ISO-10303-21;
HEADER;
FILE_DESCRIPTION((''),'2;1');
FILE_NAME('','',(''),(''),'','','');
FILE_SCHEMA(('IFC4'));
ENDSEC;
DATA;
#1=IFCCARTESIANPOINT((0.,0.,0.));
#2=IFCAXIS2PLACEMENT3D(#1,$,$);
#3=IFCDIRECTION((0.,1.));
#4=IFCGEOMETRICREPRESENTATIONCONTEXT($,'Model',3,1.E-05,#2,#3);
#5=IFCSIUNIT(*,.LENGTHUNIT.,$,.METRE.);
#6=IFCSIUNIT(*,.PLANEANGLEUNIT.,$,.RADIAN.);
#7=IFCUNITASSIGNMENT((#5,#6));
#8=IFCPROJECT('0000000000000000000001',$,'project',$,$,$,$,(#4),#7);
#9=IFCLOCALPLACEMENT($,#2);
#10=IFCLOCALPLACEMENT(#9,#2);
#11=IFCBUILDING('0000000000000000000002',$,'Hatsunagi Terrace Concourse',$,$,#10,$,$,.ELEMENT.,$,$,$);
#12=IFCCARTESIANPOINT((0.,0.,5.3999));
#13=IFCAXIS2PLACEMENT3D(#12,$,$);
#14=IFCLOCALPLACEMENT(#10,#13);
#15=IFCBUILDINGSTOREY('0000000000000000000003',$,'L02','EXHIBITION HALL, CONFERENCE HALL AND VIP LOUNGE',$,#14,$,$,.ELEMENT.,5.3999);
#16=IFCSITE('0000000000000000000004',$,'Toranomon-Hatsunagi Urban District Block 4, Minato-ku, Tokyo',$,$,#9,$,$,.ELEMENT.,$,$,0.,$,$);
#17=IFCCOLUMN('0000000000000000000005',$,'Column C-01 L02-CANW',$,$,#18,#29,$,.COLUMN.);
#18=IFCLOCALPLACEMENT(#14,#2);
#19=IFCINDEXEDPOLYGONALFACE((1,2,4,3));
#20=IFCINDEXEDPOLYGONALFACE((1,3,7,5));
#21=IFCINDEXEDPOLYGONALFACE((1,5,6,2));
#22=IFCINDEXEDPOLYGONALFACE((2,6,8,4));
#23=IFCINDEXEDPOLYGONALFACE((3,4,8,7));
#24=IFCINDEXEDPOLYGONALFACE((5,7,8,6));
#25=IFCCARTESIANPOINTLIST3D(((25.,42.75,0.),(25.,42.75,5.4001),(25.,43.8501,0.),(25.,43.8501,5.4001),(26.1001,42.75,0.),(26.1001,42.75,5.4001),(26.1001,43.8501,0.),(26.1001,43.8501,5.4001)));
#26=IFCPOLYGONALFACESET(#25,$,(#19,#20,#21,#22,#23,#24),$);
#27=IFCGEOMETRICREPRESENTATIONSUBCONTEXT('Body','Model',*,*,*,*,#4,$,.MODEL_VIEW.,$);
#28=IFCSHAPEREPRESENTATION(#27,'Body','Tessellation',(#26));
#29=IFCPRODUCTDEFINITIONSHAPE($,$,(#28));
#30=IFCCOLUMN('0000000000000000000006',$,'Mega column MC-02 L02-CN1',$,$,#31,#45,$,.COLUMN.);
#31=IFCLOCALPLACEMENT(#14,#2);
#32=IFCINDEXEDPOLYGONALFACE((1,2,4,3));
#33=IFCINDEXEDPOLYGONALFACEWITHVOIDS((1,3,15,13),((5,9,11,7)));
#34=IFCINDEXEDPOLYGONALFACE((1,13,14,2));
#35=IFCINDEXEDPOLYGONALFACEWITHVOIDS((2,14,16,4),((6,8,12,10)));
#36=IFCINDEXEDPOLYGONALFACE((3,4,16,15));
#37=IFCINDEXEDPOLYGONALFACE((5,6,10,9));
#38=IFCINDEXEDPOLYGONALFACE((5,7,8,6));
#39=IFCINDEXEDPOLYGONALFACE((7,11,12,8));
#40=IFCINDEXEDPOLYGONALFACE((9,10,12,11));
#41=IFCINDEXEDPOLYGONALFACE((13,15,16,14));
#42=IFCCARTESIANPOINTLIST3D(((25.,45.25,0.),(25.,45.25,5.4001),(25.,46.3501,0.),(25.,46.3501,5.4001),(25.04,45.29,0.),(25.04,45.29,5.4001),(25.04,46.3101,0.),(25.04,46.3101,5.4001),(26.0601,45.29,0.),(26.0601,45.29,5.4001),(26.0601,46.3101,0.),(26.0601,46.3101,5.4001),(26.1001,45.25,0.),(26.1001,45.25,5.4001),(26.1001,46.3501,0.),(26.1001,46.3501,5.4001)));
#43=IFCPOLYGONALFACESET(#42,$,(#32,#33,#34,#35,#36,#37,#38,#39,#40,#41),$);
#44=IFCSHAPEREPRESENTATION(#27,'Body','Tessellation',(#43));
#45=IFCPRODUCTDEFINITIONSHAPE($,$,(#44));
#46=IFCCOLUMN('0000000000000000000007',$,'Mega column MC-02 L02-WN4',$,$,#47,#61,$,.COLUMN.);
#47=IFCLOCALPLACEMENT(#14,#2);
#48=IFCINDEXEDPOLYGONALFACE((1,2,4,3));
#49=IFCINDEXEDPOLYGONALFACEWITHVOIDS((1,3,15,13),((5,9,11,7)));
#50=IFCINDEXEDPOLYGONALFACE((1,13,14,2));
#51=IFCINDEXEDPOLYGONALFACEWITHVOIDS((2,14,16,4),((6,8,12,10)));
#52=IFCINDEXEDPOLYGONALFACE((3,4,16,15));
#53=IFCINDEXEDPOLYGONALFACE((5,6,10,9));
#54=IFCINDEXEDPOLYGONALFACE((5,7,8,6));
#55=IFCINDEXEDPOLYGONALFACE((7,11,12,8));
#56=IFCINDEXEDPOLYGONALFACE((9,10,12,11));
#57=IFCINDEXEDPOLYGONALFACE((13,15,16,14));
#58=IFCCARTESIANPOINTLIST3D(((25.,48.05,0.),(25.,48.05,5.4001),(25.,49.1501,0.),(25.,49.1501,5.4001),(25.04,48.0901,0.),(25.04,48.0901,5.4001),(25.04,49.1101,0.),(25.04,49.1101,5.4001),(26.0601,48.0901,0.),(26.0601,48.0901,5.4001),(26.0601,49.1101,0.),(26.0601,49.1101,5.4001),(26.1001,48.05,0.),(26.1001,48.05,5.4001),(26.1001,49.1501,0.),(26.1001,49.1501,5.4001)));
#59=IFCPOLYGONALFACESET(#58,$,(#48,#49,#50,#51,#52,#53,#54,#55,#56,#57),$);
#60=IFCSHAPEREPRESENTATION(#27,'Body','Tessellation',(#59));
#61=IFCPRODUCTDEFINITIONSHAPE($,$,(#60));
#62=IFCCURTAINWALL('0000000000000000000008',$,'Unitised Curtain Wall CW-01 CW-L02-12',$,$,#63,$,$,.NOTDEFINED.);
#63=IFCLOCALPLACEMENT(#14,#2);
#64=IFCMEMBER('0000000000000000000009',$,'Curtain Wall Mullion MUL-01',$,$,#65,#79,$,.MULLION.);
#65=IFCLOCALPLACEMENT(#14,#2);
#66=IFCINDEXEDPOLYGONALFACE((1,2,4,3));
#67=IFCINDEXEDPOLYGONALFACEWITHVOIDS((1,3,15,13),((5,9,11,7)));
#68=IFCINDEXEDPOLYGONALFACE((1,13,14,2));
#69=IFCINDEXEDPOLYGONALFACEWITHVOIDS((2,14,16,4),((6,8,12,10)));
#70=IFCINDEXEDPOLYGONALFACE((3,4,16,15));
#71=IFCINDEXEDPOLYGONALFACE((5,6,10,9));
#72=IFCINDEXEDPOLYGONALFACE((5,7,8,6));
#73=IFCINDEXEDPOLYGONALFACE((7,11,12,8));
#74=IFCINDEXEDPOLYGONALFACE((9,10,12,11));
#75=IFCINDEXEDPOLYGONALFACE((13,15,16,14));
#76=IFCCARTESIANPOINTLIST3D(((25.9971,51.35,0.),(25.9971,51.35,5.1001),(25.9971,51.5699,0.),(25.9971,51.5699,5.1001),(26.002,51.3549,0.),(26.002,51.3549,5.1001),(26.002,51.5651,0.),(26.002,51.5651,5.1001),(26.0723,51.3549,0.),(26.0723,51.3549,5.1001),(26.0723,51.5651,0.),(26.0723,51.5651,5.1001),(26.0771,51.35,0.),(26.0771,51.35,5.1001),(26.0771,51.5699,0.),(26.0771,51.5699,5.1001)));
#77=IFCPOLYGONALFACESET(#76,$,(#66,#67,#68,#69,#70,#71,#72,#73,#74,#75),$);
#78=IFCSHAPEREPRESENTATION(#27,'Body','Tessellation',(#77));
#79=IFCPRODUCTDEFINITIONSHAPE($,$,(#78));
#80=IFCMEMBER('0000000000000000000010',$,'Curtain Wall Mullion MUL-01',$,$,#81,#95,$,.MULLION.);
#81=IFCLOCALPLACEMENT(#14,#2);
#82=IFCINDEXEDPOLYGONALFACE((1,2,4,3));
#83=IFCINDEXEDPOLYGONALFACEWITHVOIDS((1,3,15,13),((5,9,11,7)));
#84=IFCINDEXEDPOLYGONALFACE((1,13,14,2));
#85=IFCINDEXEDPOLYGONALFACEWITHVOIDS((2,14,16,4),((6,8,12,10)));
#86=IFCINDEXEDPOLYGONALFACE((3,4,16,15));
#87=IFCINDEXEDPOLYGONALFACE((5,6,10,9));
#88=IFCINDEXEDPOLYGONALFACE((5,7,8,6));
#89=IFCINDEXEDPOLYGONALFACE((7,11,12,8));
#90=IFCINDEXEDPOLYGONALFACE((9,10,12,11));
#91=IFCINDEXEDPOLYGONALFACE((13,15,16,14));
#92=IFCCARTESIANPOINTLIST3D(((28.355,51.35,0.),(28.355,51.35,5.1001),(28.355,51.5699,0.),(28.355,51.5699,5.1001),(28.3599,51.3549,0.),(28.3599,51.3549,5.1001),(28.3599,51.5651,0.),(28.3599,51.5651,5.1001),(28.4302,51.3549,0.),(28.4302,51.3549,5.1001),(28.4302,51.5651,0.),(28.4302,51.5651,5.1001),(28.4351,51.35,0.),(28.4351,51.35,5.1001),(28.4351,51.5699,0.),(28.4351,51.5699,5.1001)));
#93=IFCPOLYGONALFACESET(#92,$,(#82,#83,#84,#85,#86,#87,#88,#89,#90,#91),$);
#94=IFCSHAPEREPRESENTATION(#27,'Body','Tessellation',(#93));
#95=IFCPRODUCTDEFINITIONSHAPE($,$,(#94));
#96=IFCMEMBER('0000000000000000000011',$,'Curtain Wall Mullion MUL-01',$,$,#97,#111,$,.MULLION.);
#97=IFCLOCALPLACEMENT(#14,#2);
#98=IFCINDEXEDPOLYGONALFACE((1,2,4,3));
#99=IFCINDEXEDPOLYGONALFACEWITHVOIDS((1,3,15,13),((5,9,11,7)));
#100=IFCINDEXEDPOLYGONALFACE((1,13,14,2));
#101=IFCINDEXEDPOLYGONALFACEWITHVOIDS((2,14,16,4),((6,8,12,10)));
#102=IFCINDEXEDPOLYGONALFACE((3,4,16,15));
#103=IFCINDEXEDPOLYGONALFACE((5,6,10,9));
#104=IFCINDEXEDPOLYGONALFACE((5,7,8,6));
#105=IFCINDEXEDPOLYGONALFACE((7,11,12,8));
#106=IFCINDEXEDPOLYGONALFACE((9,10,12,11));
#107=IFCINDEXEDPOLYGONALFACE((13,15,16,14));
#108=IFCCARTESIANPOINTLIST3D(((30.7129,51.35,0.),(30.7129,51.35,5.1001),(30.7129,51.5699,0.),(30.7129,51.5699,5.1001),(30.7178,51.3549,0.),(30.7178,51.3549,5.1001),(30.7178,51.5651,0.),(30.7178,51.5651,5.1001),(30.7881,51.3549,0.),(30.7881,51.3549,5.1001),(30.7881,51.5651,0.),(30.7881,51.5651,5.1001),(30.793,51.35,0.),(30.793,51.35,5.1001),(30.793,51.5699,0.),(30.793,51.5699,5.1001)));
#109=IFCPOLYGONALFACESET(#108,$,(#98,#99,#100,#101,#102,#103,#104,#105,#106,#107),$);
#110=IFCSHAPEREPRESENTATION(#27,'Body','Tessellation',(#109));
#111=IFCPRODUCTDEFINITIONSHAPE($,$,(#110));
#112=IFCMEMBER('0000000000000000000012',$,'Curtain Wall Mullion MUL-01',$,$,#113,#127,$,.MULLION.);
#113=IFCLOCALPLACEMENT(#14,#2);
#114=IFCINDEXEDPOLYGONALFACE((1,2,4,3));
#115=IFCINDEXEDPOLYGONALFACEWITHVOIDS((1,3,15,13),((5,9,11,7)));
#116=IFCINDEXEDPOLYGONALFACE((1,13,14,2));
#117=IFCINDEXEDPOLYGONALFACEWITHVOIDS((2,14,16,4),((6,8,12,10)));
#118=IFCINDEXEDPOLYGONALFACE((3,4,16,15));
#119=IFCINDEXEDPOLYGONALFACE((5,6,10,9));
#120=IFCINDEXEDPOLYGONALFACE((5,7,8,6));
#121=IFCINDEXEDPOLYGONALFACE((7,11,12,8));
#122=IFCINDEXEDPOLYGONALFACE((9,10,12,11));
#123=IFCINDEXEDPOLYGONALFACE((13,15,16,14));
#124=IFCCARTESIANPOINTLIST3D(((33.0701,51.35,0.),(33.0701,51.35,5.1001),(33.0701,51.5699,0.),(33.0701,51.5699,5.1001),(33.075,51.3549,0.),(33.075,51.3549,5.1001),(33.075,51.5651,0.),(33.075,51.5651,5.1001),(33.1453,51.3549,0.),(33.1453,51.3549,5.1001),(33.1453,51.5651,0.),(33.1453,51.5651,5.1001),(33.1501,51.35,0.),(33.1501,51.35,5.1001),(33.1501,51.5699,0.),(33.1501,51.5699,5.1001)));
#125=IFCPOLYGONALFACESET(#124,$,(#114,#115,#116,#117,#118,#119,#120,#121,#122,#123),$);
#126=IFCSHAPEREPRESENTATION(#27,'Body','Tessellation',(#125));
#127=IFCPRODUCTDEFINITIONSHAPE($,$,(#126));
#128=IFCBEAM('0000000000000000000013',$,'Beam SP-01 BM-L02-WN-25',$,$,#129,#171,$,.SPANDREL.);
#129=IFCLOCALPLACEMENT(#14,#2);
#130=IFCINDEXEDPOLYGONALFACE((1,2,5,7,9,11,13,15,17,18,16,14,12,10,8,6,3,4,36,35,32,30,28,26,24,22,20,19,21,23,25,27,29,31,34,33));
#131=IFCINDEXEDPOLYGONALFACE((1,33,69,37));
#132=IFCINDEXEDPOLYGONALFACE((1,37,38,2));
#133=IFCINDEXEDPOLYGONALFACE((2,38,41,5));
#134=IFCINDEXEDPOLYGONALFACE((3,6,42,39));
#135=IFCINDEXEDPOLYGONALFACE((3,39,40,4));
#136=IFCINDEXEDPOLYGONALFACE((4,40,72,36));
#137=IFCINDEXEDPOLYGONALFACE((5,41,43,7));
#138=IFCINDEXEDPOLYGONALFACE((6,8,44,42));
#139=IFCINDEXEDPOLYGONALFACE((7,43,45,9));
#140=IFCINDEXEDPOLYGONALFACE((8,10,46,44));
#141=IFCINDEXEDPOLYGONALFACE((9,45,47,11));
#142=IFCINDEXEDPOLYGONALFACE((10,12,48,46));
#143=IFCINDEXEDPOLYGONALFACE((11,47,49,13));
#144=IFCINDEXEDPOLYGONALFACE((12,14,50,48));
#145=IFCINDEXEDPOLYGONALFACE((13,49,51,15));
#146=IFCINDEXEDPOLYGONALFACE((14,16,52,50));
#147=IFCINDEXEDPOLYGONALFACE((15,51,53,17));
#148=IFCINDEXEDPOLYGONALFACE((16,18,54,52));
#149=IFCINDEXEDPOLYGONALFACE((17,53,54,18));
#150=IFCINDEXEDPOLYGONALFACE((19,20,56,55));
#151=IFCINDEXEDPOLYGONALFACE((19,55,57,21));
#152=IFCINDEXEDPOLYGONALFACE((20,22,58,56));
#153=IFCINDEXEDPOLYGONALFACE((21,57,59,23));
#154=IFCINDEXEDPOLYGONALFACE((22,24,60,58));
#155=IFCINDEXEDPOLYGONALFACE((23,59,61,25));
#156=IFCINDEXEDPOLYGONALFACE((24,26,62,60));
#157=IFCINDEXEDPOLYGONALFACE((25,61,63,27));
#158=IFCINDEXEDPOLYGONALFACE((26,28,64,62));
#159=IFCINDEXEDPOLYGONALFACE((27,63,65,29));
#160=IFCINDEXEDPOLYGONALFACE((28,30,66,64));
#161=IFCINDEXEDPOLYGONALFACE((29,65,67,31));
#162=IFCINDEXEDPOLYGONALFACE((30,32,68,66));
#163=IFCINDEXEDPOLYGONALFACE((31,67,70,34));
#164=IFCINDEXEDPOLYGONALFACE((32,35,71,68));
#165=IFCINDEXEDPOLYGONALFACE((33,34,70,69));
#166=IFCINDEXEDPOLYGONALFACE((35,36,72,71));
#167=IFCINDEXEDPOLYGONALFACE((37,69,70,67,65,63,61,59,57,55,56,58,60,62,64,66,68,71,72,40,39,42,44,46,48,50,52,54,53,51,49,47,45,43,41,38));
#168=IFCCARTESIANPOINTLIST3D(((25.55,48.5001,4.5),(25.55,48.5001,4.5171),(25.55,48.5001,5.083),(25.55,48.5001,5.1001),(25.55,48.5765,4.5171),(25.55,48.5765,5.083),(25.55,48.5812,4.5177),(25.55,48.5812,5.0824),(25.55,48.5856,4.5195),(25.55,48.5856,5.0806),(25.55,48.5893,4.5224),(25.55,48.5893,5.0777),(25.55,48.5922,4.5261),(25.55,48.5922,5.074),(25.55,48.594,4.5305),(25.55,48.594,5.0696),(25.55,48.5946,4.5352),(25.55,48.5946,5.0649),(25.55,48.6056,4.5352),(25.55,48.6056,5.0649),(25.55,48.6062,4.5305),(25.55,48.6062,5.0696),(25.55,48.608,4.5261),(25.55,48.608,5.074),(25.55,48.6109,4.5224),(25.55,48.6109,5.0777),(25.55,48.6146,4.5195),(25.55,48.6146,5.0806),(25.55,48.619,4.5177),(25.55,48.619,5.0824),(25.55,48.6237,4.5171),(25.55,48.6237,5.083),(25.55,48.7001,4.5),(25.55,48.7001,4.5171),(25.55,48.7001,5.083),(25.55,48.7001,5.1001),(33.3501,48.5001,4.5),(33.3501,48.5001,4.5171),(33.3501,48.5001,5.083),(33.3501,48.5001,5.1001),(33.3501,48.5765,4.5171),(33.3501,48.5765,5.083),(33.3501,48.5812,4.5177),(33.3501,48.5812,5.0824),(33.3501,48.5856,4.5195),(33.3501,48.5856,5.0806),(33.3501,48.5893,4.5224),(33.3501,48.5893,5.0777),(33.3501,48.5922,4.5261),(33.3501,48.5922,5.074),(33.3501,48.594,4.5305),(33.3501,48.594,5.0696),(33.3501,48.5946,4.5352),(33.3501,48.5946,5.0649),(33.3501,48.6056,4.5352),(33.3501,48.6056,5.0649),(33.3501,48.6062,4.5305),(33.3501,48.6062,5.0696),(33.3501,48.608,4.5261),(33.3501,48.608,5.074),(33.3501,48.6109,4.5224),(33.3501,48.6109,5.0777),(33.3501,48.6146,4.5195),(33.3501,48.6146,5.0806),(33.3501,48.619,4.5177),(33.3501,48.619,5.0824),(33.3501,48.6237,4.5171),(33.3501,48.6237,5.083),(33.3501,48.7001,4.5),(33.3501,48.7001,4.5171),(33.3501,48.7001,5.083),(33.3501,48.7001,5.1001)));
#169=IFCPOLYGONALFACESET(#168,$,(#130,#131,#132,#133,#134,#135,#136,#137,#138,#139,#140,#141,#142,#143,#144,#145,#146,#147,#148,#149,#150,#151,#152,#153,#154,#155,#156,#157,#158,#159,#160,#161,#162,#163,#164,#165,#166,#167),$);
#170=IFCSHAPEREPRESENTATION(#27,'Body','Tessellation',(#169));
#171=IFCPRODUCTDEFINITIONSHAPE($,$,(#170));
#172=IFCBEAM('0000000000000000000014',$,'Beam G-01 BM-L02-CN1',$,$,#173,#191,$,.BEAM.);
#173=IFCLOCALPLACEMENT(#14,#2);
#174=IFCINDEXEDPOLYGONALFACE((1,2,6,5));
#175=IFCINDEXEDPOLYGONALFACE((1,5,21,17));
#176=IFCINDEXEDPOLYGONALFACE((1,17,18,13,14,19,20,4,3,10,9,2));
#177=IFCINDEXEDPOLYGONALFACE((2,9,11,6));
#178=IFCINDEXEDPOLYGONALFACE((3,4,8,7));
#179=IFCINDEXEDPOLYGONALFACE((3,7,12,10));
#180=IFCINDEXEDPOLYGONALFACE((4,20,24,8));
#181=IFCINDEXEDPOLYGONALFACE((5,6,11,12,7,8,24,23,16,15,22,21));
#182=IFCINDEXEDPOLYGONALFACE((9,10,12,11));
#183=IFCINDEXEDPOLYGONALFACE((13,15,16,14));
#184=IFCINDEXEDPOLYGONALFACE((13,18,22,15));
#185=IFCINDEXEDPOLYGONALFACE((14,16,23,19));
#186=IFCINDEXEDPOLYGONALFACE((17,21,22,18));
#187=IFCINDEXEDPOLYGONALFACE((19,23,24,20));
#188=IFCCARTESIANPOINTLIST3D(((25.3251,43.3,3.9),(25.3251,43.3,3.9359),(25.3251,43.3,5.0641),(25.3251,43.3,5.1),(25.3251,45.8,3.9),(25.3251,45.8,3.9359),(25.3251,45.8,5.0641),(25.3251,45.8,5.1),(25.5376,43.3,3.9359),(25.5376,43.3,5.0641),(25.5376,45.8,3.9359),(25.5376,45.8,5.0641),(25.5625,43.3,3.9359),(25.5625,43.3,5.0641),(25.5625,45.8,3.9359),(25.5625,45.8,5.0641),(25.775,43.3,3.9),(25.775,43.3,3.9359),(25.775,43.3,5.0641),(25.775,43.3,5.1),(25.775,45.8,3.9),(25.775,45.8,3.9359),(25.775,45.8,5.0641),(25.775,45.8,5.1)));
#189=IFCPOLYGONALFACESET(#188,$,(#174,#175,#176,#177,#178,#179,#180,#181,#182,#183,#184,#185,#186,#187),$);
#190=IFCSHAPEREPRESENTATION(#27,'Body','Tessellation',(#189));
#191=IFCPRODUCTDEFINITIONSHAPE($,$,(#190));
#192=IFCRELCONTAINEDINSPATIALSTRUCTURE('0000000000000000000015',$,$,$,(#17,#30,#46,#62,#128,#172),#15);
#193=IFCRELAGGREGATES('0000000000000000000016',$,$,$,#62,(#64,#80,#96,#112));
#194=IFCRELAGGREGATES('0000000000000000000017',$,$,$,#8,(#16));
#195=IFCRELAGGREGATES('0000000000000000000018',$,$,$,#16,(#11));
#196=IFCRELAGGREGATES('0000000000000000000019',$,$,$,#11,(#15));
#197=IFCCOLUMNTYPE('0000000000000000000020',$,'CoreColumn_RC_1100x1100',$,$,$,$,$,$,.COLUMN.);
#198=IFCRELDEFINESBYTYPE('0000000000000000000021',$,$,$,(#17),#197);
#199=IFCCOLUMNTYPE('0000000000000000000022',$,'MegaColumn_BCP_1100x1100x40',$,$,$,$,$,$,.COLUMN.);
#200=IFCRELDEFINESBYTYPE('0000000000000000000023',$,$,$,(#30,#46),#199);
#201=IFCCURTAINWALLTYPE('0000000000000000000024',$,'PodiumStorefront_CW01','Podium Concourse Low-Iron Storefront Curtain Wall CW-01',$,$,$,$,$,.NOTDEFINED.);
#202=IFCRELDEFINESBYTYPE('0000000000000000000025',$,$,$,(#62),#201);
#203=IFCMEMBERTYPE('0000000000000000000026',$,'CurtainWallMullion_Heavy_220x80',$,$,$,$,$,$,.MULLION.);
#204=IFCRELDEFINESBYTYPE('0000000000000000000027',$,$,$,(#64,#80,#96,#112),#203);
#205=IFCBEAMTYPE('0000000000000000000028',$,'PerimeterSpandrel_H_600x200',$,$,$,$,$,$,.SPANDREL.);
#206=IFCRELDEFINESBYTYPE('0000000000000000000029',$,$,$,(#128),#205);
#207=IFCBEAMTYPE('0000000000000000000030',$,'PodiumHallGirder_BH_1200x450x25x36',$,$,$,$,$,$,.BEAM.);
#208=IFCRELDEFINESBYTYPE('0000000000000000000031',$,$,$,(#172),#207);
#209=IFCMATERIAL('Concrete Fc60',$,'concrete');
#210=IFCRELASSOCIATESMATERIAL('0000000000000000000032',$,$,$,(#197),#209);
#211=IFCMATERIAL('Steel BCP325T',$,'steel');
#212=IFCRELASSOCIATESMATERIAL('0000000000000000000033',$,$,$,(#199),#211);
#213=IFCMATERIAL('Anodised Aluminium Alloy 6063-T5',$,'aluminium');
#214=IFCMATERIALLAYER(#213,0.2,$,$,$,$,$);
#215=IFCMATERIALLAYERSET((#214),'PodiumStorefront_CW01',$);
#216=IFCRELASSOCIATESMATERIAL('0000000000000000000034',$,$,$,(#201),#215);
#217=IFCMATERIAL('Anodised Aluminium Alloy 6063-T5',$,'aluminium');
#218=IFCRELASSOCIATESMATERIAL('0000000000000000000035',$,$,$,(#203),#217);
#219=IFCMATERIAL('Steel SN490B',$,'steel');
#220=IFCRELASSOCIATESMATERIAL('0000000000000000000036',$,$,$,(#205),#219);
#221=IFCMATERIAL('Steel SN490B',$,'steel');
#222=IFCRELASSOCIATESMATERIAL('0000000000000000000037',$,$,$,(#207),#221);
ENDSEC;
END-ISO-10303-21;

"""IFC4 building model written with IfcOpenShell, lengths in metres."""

from ifc_helpers import new_model, si_unit, direction, frame, origin, origin_2d, place, context, subcontext, project, spatial, rectangle, hollow_rectangle, i_section, extrude, material, layer, layer_set, material_profile, profile_set, type_object, element, aggregate, save


model = new_model("IFC4")

# Units and contexts
model_context = context("Model", 3, precision=1e-05, world=origin(), true_north=direction((0.0, 1.0)))
body_context = subcontext(model_context, "Body", "Model", "MODEL_VIEW")
ifc_project = project(units=[si_unit("LENGTHUNIT", "METRE"), si_unit("PLANEANGLEUNIT", "RADIAN")], contexts=[model_context])

# Site, building, storey
site_placement = place(None, origin())
site = spatial("IfcSite", under=ifc_project, at=site_placement, Name="Toranomon-Hatsunagi Urban District Block 4, Minato-ku, Tokyo", CompositionType="ELEMENT", RefElevation=0.0)
building_placement = place(site_placement, origin())
building = spatial("IfcBuilding", under=site, at=building_placement, Name="Hatsunagi Terrace Concourse", CompositionType="ELEMENT")
storey_placement = place(building_placement, frame((0.0, 0.0, 5.3999)))
storey = spatial("IfcBuildingStorey", under=building, at=storey_placement, Name="L02", Description="EXHIBITION HALL, CONFERENCE HALL AND VIP LOUNGE", CompositionType="ELEMENT", Elevation=5.3999)

# Columns
ifc_material_1 = material(Name="Concrete Fc60", Category="concrete")
ifc_material_profile_1 = material_profile(ifc_material_1, rectangle(XDim=1.1001, YDim=1.1001, at=origin_2d()), Name="RC-1100x1100")
ifc_profile_set_1 = profile_set([ifc_material_profile_1], Name="Concrete Fc60")
column_type_1 = type_object("IfcColumnType", Name="CoreColumn_RC_1100x1100", PredefinedType="COLUMN", material=ifc_profile_set_1)
column_placement = place(storey_placement, frame((25.55, 43.3, 0.0), z_axis=(0.0, 0.0, 1.0), x_axis=(1.0, 0.0, 0.0)))
element("IfcColumn", 1, at=column_placement, inside=storey, type_object=column_type_1, Name="Column C-01 L02-CANW", PredefinedType="COLUMN", context=body_context, shape_type="SweptSolid", body=[
    extrude(rectangle(XDim=1.1001, YDim=1.1001, at=origin_2d()), origin(), (0.0, 0.0, 1.0), 5.4001),
])
ifc_material_2 = material(Name="Steel BCP325T", Category="steel")
ifc_material_profile_2 = material_profile(ifc_material_2, hollow_rectangle(XDim=1.1001, YDim=1.1001, WallThickness=0.04, at=origin_2d()), Name="BCP-1100x1100x40")
ifc_profile_set_2 = profile_set([ifc_material_profile_2], Name="Steel BCP325T")
column_type_2 = type_object("IfcColumnType", Name="MegaColumn_BCP_1100x1100x40", PredefinedType="COLUMN", material=ifc_profile_set_2)
for number, where, z_axis, x_axis, name in (
    (2, (25.55, 45.8, 0.0), (0.0, 0.0, 1.0), (1.0, 0.0, 0.0), "Mega column MC-02 L02-CN1"),
    (3, (25.55, 48.6001, 0.0), (0.0, 0.0, 1.0), (1.0, 0.0, 0.0), "Mega column MC-02 L02-WN4"),
):
    element("IfcColumn", number, at=place(storey_placement, frame(where, z_axis=z_axis, x_axis=x_axis)), inside=storey, type_object=column_type_2, Name=name, PredefinedType="COLUMN", context=body_context, shape_type="SweptSolid", body=[
        extrude(hollow_rectangle(XDim=1.1001, YDim=1.1001, WallThickness=0.04, at=origin_2d()), origin(), (0.0, 0.0, 1.0), 5.4001),
    ])

# Curtain wall, members
ifc_material_3 = material(Name="Anodised Aluminium Alloy 6063-T5", Category="aluminium")
ifc_layer_1 = layer(ifc_material_3, 0.2)
ifc_layer_set_1 = layer_set([ifc_layer_1], Name="PodiumStorefront_CW01")
curtain_wall_type = type_object("IfcCurtainWallType", Name="PodiumStorefront_CW01", Description="Podium Concourse Low-Iron Storefront Curtain Wall CW-01", PredefinedType="NOTDEFINED", material=ifc_layer_set_1)
curtain_wall_placement = place(storey_placement, origin())
curtain_wall = element("IfcCurtainWall", 4, at=curtain_wall_placement, inside=storey, type_object=curtain_wall_type, Name="Unitised Curtain Wall CW-01 CW-L02-12", PredefinedType="NOTDEFINED")
ifc_material_4 = material(Name="Anodised Aluminium Alloy 6063-T5", Category="aluminium")
ifc_material_profile_3 = material_profile(ifc_material_4, hollow_rectangle(XDim=0.0801, YDim=0.22, WallThickness=0.0049, at=origin_2d()), Name="ALU-MUL-220x80x5")
ifc_profile_set_3 = profile_set([ifc_material_profile_3], Name="Anodised Aluminium Alloy 6063-T5")
member_type = type_object("IfcMemberType", Name="CurtainWallMullion_Heavy_220x80", PredefinedType="MULLION", material=ifc_profile_set_3)
member_1_placement = place(storey_placement, frame((26.0371, 51.46, 0.0), z_axis=(0.0, 0.0, 1.0), x_axis=(1.0, 0.0, 0.0)))
member_1 = element("IfcMember", 5, at=member_1_placement, type_object=member_type, Name="Curtain Wall Mullion MUL-01", PredefinedType="MULLION", context=body_context, shape_type="SweptSolid", body=[
    extrude(hollow_rectangle(XDim=0.0801, YDim=0.22, WallThickness=0.0049, at=origin_2d()), origin(), (0.0, 0.0, 1.0), 5.1001),
])
member_2_placement = place(storey_placement, frame((28.395, 51.46, 0.0), z_axis=(0.0, 0.0, 1.0), x_axis=(1.0, 0.0, 0.0)))
member_2 = element("IfcMember", 6, at=member_2_placement, type_object=member_type, Name="Curtain Wall Mullion MUL-01", PredefinedType="MULLION", context=body_context, shape_type="SweptSolid", body=[
    extrude(hollow_rectangle(XDim=0.0801, YDim=0.22, WallThickness=0.0049, at=origin_2d()), origin(), (0.0, 0.0, 1.0), 5.1001),
])
member_3_placement = place(storey_placement, frame((30.7529, 51.46, 0.0), z_axis=(0.0, 0.0, 1.0), x_axis=(1.0, 0.0, 0.0)))
member_3 = element("IfcMember", 7, at=member_3_placement, type_object=member_type, Name="Curtain Wall Mullion MUL-01", PredefinedType="MULLION", context=body_context, shape_type="SweptSolid", body=[
    extrude(hollow_rectangle(XDim=0.0801, YDim=0.22, WallThickness=0.0049, at=origin_2d()), origin(), (0.0, 0.0, 1.0), 5.1001),
])
member_4_placement = place(storey_placement, frame((33.1101, 51.46, 0.0), z_axis=(0.0, 0.0, 1.0), x_axis=(1.0, 0.0, 0.0)))
member_4 = element("IfcMember", 8, at=member_4_placement, type_object=member_type, Name="Curtain Wall Mullion MUL-01", PredefinedType="MULLION", context=body_context, shape_type="SweptSolid", body=[
    extrude(hollow_rectangle(XDim=0.0801, YDim=0.22, WallThickness=0.0049, at=origin_2d()), origin(), (0.0, 0.0, 1.0), 5.1001),
])

# Beams
ifc_material_5 = material(Name="Steel SN490B", Category="steel")
ifc_material_profile_4 = material_profile(ifc_material_5, i_section(OverallWidth=0.2, OverallDepth=0.6001, WebThickness=0.011, FlangeThickness=0.0171, FilletRadius=0.0181, at=origin_2d()), Name="H-600x200x11x17")
ifc_profile_set_4 = profile_set([ifc_material_profile_4], Name="Steel SN490B")
beam_type_1 = type_object("IfcBeamType", Name="PerimeterSpandrel_H_600x200", PredefinedType="SPANDREL", material=ifc_profile_set_4)
beam_1_placement = place(storey_placement, frame((25.55, 48.6001, 4.8), z_axis=(1.0, 0.0, 0.0), x_axis=(0.0, 1.0, 0.0)))
element("IfcBeam", 9, at=beam_1_placement, inside=storey, type_object=beam_type_1, Name="Beam SP-01 BM-L02-WN-25", PredefinedType="SPANDREL", context=body_context, shape_type="SweptSolid", body=[
    extrude(i_section(OverallWidth=0.2, OverallDepth=0.6001, WebThickness=0.011, FlangeThickness=0.0171, FilletRadius=0.0181, at=origin_2d()), origin(), (0.0, 0.0, 1.0), 7.8),
])
ifc_material_6 = material(Name="Steel SN490B", Category="steel")
ifc_material_profile_5 = material_profile(ifc_material_6, i_section(OverallWidth=0.45, OverallDepth=1.2, WebThickness=0.0249, FlangeThickness=0.0359, at=origin_2d()), Name="BH-1200x450x25x36")
ifc_profile_set_5 = profile_set([ifc_material_profile_5], Name="Steel SN490B")
beam_type_2 = type_object("IfcBeamType", Name="PodiumHallGirder_BH_1200x450x25x36", PredefinedType="BEAM", material=ifc_profile_set_5)
beam_2_placement = place(storey_placement, frame((25.55, 43.3, 4.5), z_axis=(0.0, 1.0, 0.0), x_axis=(-1.0, 0.0, 0.0)))
element("IfcBeam", 10, at=beam_2_placement, inside=storey, type_object=beam_type_2, Name="Beam G-01 BM-L02-CN1", PredefinedType="BEAM", context=body_context, shape_type="SweptSolid", body=[
    extrude(i_section(OverallWidth=0.45, OverallDepth=1.2, WebThickness=0.0249, FlangeThickness=0.0359, at=origin_2d()), origin(), (0.0, 0.0, 1.0), 2.5),
])

aggregate(curtain_wall, [member_1, member_2, member_3, member_4])

save(model, "model.ifc")
